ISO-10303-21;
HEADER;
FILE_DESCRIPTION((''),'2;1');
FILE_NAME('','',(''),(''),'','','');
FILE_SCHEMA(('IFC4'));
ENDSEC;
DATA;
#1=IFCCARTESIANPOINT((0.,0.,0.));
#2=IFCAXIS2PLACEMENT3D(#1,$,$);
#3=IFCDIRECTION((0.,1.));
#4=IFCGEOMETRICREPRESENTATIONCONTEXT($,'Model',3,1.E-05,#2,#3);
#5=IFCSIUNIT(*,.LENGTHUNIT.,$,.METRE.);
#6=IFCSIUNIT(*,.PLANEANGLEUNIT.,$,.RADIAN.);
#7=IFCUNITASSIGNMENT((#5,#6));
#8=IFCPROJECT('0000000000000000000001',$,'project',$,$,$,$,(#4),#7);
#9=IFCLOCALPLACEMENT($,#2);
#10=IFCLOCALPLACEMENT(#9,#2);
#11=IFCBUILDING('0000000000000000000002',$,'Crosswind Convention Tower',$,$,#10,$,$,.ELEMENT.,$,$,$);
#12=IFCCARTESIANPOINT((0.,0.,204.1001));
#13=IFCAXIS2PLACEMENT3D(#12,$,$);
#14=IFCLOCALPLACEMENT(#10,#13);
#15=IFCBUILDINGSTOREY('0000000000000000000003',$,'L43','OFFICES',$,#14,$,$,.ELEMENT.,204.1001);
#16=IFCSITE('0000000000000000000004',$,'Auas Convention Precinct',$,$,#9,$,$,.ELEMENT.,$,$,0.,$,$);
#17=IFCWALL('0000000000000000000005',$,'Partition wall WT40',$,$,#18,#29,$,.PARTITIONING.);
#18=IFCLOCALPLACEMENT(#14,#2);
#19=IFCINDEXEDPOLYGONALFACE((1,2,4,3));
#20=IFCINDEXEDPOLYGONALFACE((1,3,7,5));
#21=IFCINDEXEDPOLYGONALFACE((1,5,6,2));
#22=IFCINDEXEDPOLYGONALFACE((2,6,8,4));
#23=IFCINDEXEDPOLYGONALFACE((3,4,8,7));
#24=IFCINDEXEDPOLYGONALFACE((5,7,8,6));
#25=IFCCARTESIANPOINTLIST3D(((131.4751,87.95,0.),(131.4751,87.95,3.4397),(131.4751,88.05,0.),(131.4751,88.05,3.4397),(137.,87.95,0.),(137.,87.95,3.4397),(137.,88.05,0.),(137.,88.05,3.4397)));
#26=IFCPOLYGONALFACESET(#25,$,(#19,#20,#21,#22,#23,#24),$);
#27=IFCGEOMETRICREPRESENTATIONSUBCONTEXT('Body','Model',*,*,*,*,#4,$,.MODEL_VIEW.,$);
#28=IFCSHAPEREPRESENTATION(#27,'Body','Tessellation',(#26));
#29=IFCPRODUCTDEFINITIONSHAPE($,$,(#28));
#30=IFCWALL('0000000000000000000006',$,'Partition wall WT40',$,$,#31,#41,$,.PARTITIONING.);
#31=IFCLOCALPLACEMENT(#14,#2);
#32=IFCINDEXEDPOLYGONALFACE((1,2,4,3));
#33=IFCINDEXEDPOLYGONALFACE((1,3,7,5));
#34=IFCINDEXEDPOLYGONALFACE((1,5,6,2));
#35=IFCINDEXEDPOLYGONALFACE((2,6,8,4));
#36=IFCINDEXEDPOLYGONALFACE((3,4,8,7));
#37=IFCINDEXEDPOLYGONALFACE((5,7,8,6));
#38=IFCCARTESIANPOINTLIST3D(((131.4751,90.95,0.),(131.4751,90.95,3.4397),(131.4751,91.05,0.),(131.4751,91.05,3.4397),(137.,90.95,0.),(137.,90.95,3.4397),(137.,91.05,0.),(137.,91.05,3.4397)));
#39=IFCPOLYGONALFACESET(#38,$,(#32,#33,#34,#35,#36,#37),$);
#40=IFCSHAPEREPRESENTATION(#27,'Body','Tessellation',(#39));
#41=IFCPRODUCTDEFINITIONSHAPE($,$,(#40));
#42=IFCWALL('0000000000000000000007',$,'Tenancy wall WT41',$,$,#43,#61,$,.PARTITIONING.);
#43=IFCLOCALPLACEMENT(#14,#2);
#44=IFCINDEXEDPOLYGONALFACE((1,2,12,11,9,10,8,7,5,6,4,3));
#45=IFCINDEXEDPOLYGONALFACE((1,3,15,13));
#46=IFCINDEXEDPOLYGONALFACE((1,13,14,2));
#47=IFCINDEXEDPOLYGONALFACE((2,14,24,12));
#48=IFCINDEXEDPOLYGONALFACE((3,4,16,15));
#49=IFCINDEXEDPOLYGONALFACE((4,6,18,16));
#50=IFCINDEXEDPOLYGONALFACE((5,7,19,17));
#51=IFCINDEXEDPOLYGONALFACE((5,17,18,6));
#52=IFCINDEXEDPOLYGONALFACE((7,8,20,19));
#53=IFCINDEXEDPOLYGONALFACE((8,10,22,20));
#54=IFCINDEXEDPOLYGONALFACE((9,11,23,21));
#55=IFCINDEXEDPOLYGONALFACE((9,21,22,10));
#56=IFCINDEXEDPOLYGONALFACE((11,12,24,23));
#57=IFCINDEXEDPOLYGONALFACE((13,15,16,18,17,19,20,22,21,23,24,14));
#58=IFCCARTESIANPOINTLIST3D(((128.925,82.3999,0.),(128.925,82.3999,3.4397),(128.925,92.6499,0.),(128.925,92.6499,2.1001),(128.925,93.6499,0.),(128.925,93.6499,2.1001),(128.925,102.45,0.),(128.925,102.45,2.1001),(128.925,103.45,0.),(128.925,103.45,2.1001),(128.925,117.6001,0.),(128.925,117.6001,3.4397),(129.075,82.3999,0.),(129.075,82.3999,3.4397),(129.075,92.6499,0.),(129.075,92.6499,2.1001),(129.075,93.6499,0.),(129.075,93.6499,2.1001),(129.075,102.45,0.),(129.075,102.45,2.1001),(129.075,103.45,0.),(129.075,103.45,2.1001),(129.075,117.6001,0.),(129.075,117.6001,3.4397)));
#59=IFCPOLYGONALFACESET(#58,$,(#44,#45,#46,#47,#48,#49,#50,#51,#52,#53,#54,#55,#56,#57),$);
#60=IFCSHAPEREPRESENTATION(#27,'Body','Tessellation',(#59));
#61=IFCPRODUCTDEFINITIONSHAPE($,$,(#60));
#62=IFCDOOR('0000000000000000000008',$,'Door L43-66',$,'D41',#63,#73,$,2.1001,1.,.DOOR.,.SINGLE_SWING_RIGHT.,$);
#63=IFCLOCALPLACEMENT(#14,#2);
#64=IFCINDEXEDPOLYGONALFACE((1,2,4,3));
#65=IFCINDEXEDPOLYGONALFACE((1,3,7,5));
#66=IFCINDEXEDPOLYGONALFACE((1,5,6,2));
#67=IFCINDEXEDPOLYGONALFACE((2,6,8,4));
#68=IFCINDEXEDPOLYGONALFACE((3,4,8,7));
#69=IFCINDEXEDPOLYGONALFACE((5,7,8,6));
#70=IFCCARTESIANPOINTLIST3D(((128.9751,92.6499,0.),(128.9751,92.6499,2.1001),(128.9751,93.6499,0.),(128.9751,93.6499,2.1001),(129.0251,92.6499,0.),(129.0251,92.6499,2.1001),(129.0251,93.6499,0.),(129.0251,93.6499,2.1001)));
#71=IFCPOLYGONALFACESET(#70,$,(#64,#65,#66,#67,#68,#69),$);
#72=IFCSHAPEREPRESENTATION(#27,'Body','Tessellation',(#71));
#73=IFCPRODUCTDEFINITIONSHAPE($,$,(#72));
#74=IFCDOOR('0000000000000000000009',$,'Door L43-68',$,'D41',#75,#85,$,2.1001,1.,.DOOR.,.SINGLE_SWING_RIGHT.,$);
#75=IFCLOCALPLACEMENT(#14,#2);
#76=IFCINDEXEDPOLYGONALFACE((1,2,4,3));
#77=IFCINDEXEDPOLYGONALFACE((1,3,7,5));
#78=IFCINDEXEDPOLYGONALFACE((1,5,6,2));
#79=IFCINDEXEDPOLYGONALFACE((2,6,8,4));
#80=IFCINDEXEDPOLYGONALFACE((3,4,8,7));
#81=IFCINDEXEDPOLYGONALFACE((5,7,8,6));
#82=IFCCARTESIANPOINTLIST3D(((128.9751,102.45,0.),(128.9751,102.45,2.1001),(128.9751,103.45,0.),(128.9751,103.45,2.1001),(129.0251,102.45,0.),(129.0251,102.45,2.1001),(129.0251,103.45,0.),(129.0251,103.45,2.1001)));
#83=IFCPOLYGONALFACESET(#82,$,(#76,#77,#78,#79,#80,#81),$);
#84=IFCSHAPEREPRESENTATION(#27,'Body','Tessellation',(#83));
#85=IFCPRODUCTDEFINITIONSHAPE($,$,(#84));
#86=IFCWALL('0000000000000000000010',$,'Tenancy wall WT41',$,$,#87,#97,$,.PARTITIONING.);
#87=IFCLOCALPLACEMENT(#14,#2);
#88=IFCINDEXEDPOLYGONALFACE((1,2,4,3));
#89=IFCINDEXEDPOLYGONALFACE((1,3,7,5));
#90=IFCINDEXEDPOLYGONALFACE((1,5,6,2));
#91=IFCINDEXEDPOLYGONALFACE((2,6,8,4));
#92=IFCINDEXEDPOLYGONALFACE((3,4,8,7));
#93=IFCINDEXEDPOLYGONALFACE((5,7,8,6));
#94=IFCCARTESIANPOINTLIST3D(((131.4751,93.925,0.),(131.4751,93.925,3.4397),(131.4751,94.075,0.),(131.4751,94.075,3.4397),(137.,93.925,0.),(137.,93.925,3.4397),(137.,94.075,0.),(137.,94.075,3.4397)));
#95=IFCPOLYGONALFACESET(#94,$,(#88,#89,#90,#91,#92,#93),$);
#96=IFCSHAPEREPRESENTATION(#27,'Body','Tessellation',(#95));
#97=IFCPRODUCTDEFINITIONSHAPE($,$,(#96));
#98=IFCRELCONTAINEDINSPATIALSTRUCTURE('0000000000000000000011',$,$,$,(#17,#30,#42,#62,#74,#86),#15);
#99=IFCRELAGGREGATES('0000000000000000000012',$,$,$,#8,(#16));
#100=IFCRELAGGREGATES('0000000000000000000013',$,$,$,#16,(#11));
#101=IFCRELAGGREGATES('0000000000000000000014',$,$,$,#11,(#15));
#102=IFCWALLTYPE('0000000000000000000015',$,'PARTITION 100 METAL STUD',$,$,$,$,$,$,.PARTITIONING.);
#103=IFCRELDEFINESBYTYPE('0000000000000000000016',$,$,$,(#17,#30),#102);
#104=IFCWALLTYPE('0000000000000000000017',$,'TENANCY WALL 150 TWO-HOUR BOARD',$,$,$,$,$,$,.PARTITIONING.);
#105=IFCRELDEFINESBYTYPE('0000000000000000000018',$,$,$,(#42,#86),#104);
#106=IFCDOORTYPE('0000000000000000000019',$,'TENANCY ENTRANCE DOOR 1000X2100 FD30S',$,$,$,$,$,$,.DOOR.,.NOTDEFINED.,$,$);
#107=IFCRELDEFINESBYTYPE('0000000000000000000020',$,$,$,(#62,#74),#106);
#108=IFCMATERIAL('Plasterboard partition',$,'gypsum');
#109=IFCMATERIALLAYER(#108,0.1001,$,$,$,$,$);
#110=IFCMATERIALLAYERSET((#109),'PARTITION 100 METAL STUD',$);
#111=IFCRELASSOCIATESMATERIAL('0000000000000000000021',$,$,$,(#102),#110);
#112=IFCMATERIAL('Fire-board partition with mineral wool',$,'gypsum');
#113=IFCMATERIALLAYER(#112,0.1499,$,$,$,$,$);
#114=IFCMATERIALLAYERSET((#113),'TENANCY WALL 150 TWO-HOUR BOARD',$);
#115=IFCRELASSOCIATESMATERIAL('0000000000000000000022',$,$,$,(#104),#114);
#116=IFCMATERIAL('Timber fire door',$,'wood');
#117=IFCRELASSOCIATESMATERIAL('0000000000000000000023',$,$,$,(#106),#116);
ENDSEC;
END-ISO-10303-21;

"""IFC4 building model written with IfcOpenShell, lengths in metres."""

from ifc_helpers import new_model, si_unit, direction, frame, frame_2d, origin, place, context, subcontext, project, spatial, rectangle, extrude, material, layer, layer_set, type_object, element, fill, save


model = new_model("IFC4")

# Units and contexts
model_context = context("Model", 3, precision=1e-05, world=origin(), true_north=direction((0.0, 1.0)))
body_context = subcontext(model_context, "Body", "Model", "MODEL_VIEW")
ifc_project = project(units=[si_unit("LENGTHUNIT", "METRE"), si_unit("PLANEANGLEUNIT", "RADIAN")], contexts=[model_context])

# Site, building, storey
site_placement = place(None, origin())
site = spatial("IfcSite", under=ifc_project, at=site_placement, Name="Auas Convention Precinct", CompositionType="ELEMENT", RefElevation=0.0)
building_placement = place(site_placement, origin())
building = spatial("IfcBuilding", under=site, at=building_placement, Name="Crosswind Convention Tower", CompositionType="ELEMENT")
storey_placement = place(building_placement, frame((0.0, 0.0, 204.1001)))
storey = spatial("IfcBuildingStorey", under=building, at=storey_placement, Name="L43", Description="OFFICES", CompositionType="ELEMENT", Elevation=204.1001)

# Walls
ifc_material_1 = material(Name="Plasterboard partition", Category="gypsum")
ifc_layer_1 = layer(ifc_material_1, 0.1001)
ifc_layer_set_1 = layer_set([ifc_layer_1], Name="PARTITION 100 METAL STUD")
wall_type_1 = type_object("IfcWallType", Name="PARTITION 100 METAL STUD", PredefinedType="PARTITIONING", material=ifc_layer_set_1)
for number, where, z_axis, x_axis, name in (
    (1, (131.4751, 88.0, 0.0), (0.0, 0.0, 1.0), (1.0, 0.0, 0.0), "Partition wall WT40"),
    (2, (131.4751, 91.0, 0.0), (0.0, 0.0, 1.0), (1.0, 0.0, 0.0), "Partition wall WT40"),
):
    element("IfcWall", number, at=place(storey_placement, frame(where, z_axis=z_axis, x_axis=x_axis)), inside=storey, type_object=wall_type_1, Name=name, PredefinedType="PARTITIONING", context=body_context, shape_type="SweptSolid", body=[
        extrude(rectangle(XDim=5.5249, YDim=0.1001, at=frame_2d((2.7625, 0.0))), origin(), (0.0, 0.0, 1.0), 3.4397),
    ])

# Wall, openings, doors
ifc_material_2 = material(Name="Fire-board partition with mineral wool", Category="gypsum")
ifc_layer_2 = layer(ifc_material_2, 0.1499)
ifc_layer_set_2 = layer_set([ifc_layer_2], Name="TENANCY WALL 150 TWO-HOUR BOARD")
wall_type_2 = type_object("IfcWallType", Name="TENANCY WALL 150 TWO-HOUR BOARD", PredefinedType="PARTITIONING", material=ifc_layer_set_2)
wall_1_placement = place(storey_placement, frame((129.0, 82.3999, 0.0), z_axis=(0.0, 0.0, 1.0), x_axis=(0.0, 1.0, 0.0)))
wall_1 = element("IfcWall", 3, at=wall_1_placement, inside=storey, type_object=wall_type_2, Name="Tenancy wall WT41", PredefinedType="PARTITIONING", context=body_context, shape_type="SweptSolid", body=[
    extrude(rectangle(XDim=35.2002, YDim=0.1499, at=frame_2d((17.6001, 0.0))), origin(), (0.0, 0.0, 1.0), 3.4397),
])
opening_1_placement = place(wall_1_placement, frame((10.25, 0.0, 0.0)))
opening_1 = element("IfcOpeningElement", 4, at=opening_1_placement, cuts=wall_1, PredefinedType="OPENING", context=body_context, shape_type="SweptSolid", body=[
    extrude(rectangle(XDim=1.0, YDim=2.1001, at=frame_2d((0.5, 1.05))), frame((0.0, 0.085, 0.0), z_axis=(0.0, -1.0, 0.0), x_axis=(1.0, 0.0, 0.0)), (0.0, 0.0, 1.0), 0.1699),
])
opening_2_placement = place(wall_1_placement, frame((20.05, 0.0, 0.0)))
opening_2 = element("IfcOpeningElement", 5, at=opening_2_placement, cuts=wall_1, PredefinedType="OPENING", context=body_context, shape_type="SweptSolid", body=[
    extrude(rectangle(XDim=1.0, YDim=2.1001, at=frame_2d((0.5, 1.05))), frame((0.0, 0.085, 0.0), z_axis=(0.0, -1.0, 0.0), x_axis=(1.0, 0.0, 0.0)), (0.0, 0.0, 1.0), 0.1699),
])
ifc_material_3 = material(Name="Timber fire door", Category="wood")
door_type = type_object("IfcDoorType", Name="TENANCY ENTRANCE DOOR 1000X2100 FD30S", OperationType="NOTDEFINED", PredefinedType="DOOR", material=ifc_material_3)
door_1_placement = place(opening_1_placement, origin())
door_1 = element("IfcDoor", 6, at=door_1_placement, inside=storey, type_object=door_type, Name="Door L43-66", ObjectType="D41", OperationType="SINGLE_SWING_RIGHT", OverallHeight=2.1001, OverallWidth=1.0, PredefinedType="DOOR", context=body_context, shape_type="SweptSolid", body=[
    extrude(rectangle(XDim=1.0, YDim=2.1001, at=frame_2d((0.5, 1.05))), frame((0.0, 0.0249, 0.0), z_axis=(0.0, -1.0, 0.0), x_axis=(1.0, 0.0, 0.0)), (0.0, 0.0, 1.0), 0.05),
])
fill(opening_1, door_1)
door_2_placement = place(opening_2_placement, origin())
door_2 = element("IfcDoor", 7, at=door_2_placement, inside=storey, type_object=door_type, Name="Door L43-68", ObjectType="D41", OperationType="SINGLE_SWING_RIGHT", OverallHeight=2.1001, OverallWidth=1.0, PredefinedType="DOOR", context=body_context, shape_type="SweptSolid", body=[
    extrude(rectangle(XDim=1.0, YDim=2.1001, at=frame_2d((0.5, 1.05))), frame((0.0, 0.0249, 0.0), z_axis=(0.0, -1.0, 0.0), x_axis=(1.0, 0.0, 0.0)), (0.0, 0.0, 1.0), 0.05),
])
fill(opening_2, door_2)

# Wall
wall_2_placement = place(storey_placement, frame((131.4751, 94.0, 0.0), z_axis=(0.0, 0.0, 1.0), x_axis=(1.0, 0.0, 0.0)))
element("IfcWall", 8, at=wall_2_placement, inside=storey, type_object=wall_type_2, Name="Tenancy wall WT41", PredefinedType="PARTITIONING", context=body_context, shape_type="SweptSolid", body=[
    extrude(rectangle(XDim=5.5249, YDim=0.1499, at=frame_2d((2.7625, 0.0))), origin(), (0.0, 0.0, 1.0), 3.4397),
])

save(model, "model.ifc")
